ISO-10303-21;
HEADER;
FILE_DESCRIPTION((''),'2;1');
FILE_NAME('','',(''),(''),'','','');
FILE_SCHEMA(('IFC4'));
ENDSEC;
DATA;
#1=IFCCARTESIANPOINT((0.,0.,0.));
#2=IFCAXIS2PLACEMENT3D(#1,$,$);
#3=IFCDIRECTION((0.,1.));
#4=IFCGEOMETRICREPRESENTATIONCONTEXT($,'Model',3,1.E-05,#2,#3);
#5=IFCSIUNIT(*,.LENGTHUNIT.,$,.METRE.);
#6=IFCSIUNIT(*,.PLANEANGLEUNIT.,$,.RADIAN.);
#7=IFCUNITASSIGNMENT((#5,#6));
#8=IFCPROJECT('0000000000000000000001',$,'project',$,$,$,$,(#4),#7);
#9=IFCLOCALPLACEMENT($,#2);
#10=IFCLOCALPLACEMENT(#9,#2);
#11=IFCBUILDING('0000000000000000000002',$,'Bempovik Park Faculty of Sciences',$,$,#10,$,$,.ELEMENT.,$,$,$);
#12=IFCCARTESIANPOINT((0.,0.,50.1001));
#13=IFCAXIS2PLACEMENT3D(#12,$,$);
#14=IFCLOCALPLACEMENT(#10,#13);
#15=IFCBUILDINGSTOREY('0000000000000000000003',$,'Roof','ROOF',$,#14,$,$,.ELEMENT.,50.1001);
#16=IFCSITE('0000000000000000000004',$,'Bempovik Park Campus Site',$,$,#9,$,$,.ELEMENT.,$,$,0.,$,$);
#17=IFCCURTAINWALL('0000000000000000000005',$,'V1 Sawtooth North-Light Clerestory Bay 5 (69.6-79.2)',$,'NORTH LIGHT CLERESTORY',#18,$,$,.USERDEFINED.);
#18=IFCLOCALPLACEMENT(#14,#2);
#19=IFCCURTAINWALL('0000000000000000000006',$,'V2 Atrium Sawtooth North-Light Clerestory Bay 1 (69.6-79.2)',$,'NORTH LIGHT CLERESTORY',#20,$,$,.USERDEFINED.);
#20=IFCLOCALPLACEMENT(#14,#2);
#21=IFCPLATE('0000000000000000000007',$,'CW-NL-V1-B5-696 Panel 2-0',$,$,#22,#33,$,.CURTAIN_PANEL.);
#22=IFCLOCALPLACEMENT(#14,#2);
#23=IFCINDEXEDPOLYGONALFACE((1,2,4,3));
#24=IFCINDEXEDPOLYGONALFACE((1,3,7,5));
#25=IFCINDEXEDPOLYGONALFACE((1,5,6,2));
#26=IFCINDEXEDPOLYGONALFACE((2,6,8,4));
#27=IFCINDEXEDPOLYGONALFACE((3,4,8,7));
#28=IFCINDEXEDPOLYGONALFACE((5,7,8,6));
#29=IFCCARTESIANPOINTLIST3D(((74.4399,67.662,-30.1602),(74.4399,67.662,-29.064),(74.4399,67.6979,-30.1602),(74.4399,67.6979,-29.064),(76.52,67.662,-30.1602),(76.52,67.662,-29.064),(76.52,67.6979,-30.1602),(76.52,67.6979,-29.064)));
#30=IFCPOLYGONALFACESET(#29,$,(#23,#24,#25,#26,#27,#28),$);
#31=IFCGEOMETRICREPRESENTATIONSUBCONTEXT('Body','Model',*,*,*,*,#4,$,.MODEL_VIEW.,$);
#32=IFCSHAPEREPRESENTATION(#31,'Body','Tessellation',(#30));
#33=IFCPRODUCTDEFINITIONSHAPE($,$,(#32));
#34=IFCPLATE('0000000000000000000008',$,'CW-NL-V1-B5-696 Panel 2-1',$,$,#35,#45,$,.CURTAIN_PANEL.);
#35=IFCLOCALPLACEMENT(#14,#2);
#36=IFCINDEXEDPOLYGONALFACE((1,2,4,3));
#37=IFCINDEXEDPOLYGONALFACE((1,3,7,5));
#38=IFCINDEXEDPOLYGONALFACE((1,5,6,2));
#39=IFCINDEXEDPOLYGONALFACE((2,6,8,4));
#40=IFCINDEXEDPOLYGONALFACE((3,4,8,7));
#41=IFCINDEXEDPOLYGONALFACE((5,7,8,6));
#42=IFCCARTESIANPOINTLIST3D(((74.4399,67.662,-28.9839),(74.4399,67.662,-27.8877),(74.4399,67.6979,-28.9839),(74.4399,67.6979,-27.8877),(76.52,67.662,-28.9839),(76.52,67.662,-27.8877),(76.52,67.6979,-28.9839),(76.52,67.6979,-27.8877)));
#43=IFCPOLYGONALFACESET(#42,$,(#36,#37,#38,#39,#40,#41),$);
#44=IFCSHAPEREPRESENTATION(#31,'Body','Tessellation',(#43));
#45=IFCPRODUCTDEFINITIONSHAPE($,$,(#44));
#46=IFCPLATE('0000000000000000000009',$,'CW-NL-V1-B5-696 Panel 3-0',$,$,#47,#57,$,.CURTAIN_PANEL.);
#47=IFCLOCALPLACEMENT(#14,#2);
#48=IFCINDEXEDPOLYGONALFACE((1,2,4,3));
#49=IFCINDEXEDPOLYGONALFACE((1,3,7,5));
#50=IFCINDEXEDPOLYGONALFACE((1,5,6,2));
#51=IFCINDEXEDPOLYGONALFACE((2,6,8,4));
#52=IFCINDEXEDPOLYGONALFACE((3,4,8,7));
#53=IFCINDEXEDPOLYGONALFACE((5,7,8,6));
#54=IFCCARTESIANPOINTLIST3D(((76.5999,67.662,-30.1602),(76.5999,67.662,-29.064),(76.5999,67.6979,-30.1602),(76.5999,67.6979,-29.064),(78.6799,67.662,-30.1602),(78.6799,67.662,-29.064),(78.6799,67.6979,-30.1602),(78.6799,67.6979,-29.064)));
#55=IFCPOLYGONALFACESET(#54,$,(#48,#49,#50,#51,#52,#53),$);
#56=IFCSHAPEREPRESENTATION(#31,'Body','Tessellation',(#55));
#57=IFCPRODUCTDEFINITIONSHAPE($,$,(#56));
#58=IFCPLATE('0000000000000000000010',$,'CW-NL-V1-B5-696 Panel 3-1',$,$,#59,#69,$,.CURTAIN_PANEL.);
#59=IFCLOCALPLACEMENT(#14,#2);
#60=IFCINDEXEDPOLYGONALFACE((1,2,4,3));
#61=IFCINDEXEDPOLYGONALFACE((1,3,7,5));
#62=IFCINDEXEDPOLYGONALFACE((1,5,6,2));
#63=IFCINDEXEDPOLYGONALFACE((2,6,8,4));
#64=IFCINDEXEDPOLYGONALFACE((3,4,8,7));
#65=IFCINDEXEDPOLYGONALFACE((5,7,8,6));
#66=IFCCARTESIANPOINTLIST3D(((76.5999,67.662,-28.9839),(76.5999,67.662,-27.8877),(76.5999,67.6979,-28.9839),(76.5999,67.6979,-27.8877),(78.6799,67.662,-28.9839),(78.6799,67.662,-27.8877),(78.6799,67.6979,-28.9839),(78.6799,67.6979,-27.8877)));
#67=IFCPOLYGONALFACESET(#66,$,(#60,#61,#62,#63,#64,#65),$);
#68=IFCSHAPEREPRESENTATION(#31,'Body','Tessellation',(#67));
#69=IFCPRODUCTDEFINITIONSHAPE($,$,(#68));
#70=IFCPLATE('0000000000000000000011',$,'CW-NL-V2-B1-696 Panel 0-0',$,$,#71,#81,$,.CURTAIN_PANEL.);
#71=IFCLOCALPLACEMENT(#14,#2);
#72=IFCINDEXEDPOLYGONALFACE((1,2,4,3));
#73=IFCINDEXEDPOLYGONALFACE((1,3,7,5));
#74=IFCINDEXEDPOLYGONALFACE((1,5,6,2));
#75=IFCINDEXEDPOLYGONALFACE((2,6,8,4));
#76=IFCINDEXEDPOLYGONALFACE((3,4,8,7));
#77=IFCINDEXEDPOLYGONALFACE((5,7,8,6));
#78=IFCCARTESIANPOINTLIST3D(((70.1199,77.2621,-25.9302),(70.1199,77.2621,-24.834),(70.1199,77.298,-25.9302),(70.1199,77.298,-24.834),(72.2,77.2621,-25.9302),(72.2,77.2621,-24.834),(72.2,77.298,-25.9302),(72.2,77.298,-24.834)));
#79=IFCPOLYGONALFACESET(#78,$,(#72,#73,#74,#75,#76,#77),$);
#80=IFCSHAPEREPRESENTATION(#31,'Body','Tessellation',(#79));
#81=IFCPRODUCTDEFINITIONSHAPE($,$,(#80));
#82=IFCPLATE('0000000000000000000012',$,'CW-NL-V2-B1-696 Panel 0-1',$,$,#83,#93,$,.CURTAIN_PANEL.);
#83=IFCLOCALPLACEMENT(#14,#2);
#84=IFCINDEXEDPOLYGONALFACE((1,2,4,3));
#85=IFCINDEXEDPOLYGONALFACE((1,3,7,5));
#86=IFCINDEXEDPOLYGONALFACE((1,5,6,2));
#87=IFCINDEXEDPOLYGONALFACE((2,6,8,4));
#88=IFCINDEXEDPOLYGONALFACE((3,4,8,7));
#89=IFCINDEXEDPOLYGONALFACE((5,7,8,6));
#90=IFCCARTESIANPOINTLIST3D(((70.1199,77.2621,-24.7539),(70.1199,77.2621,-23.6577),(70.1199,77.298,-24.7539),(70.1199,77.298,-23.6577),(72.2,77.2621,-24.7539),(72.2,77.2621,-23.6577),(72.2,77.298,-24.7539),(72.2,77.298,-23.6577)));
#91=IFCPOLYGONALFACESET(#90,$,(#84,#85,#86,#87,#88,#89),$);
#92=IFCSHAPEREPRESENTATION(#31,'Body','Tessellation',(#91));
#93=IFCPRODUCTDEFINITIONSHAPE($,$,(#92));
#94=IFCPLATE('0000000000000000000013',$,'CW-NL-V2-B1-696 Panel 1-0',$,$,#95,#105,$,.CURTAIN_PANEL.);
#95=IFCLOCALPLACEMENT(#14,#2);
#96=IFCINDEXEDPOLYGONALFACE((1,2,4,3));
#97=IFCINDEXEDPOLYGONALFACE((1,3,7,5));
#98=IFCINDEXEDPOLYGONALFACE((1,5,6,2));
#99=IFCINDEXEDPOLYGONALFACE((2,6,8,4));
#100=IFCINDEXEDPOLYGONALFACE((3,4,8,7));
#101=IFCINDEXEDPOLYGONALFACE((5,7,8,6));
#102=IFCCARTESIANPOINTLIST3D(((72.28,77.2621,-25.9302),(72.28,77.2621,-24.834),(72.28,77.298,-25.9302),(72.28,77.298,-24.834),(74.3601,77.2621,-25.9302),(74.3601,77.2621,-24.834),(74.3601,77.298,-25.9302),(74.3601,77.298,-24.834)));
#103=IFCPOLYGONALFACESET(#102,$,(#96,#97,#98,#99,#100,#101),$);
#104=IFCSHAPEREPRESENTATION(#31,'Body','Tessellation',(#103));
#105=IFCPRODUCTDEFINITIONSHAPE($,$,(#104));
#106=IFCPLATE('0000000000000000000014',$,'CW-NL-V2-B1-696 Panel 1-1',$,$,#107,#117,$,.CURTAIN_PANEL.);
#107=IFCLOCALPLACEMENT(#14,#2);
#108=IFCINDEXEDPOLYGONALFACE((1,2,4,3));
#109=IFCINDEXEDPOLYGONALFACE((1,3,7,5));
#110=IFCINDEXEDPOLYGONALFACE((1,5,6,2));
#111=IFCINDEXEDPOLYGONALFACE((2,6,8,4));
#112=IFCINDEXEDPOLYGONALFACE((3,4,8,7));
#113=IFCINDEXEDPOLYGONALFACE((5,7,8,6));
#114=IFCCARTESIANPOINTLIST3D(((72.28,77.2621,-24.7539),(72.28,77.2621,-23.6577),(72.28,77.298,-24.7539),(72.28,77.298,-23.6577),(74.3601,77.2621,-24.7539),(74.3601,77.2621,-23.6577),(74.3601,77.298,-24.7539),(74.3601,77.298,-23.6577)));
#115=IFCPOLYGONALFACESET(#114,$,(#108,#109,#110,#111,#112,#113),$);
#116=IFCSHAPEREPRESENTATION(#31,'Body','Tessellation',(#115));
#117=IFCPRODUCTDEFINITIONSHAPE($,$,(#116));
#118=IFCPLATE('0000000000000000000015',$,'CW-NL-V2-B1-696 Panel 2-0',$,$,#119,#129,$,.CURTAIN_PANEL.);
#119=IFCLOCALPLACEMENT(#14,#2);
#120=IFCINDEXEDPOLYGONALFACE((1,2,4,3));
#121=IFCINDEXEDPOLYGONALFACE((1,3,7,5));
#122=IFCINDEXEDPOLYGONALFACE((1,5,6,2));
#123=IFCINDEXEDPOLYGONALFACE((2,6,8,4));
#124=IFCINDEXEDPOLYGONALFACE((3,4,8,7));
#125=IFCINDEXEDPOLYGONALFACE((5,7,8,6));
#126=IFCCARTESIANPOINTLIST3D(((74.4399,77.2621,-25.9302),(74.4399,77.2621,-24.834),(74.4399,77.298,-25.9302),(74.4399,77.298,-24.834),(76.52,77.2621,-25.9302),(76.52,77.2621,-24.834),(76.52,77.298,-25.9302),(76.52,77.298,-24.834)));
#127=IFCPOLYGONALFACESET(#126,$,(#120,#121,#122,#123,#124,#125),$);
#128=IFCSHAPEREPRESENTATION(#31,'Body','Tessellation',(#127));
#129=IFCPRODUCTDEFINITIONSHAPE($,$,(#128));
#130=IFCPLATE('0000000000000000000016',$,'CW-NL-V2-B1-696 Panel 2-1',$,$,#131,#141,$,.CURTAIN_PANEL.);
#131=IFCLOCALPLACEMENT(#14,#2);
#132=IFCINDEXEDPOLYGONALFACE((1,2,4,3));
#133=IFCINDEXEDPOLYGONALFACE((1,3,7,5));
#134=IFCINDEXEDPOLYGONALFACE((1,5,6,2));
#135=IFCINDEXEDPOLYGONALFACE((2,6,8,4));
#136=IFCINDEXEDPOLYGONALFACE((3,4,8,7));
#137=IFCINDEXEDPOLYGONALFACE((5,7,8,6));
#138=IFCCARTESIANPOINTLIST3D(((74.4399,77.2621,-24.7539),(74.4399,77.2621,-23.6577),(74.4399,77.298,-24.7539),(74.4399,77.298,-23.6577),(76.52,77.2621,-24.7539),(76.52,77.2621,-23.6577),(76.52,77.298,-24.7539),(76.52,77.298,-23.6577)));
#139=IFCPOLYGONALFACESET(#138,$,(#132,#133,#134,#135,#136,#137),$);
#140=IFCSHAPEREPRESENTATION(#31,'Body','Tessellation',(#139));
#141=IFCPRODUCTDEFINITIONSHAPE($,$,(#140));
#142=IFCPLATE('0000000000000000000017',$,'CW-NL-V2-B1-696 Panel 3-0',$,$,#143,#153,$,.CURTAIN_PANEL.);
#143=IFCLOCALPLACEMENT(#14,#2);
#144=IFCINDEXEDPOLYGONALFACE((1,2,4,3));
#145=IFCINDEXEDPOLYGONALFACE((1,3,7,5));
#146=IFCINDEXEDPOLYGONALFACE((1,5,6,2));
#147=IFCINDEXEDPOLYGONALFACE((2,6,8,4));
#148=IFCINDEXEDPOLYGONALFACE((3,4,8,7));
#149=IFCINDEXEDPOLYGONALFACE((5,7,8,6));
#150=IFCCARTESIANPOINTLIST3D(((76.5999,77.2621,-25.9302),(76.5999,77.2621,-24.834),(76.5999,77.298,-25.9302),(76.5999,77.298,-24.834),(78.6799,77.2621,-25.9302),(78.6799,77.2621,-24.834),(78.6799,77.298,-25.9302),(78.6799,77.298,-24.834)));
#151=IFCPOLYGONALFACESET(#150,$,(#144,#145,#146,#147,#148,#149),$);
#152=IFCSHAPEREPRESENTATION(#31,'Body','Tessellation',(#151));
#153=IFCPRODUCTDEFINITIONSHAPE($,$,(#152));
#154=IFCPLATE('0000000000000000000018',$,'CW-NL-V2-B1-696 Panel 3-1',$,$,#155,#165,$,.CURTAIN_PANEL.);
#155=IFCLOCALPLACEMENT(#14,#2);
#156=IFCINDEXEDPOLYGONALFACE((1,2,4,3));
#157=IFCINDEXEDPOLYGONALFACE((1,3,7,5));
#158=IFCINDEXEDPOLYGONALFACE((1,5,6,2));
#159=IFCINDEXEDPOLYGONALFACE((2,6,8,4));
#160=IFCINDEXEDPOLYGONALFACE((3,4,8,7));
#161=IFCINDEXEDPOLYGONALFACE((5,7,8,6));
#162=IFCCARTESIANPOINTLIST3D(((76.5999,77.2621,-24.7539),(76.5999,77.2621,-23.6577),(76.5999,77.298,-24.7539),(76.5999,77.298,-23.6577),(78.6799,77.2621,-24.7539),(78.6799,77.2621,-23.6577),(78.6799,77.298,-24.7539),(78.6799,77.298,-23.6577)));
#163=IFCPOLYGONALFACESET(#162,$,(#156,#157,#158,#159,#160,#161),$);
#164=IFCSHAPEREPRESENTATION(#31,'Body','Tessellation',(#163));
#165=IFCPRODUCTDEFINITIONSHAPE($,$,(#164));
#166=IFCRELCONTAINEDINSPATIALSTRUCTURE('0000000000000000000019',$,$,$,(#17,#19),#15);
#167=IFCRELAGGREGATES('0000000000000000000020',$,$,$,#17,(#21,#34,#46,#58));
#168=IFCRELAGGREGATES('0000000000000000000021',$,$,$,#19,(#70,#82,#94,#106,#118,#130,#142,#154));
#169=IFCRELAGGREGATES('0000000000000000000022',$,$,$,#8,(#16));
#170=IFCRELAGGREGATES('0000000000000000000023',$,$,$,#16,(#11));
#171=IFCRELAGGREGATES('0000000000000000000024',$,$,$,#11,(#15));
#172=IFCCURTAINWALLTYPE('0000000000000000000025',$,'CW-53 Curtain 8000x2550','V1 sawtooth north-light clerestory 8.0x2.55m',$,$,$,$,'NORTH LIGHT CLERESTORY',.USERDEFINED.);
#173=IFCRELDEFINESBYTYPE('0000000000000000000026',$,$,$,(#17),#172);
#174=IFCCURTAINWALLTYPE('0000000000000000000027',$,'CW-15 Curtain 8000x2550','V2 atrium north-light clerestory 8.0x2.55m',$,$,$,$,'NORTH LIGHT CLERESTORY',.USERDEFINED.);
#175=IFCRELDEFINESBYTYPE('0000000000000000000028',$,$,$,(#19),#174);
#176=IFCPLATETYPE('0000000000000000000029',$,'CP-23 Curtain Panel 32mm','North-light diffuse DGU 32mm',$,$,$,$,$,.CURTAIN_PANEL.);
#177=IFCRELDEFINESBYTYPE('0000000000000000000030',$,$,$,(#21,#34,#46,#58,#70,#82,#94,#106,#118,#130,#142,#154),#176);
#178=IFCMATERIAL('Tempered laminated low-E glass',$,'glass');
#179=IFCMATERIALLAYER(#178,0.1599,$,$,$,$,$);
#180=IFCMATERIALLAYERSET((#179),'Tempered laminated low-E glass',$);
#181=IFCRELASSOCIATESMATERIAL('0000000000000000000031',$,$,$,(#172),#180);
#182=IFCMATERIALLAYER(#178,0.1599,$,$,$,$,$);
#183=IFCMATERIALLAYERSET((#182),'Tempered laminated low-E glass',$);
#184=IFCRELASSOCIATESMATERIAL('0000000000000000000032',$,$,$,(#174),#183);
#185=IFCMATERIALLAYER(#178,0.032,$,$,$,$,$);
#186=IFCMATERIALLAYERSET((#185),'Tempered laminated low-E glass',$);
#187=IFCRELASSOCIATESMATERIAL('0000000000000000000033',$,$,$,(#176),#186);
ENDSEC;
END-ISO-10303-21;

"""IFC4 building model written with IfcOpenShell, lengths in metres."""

from ifc_helpers import new_model, si_unit, direction, frame, origin, origin_2d, place, context, subcontext, project, spatial, rectangle, extrude, material, layer, layer_set, type_object, element, aggregate, save


model = new_model("IFC4")

# Units and contexts
model_context = context("Model", 3, precision=1e-05, world=origin(), true_north=direction((0.0, 1.0)))
body_context = subcontext(model_context, "Body", "Model", "MODEL_VIEW")
ifc_project = project(units=[si_unit("LENGTHUNIT", "METRE"), si_unit("PLANEANGLEUNIT", "RADIAN")], contexts=[model_context])

# Site, building, storey
site_placement = place(None, origin())
site = spatial("IfcSite", under=ifc_project, at=site_placement, Name="Bempovik Park Campus Site", CompositionType="ELEMENT", RefElevation=0.0)
building_placement = place(site_placement, origin())
building = spatial("IfcBuilding", under=site, at=building_placement, Name="Bempovik Park Faculty of Sciences", CompositionType="ELEMENT")
storey_placement = place(building_placement, frame((0.0, 0.0, 50.1001)))
storey = spatial("IfcBuildingStorey", under=building, at=storey_placement, Name="Roof", Description="ROOF", CompositionType="ELEMENT", Elevation=50.1001)

# Curtain walls
ifc_material_1 = material(Name="Tempered laminated low-E glass", Category="glass")
ifc_layer_1 = layer(ifc_material_1, 0.1599)
ifc_layer_set_1 = layer_set([ifc_layer_1], Name="Tempered laminated low-E glass")
curtain_wall_type_1 = type_object("IfcCurtainWallType", Name="CW-53 Curtain 8000x2550", Description="V1 sawtooth north-light clerestory 8.0x2.55m", ElementType="NORTH LIGHT CLERESTORY", PredefinedType="USERDEFINED", material=ifc_layer_set_1)
curtain_wall_1_placement = place(storey_placement, origin())
curtain_wall_1 = element("IfcCurtainWall", 1, at=curtain_wall_1_placement, inside=storey, type_object=curtain_wall_type_1, Name="V1 Sawtooth North-Light Clerestory Bay 5 (69.6-79.2)", ObjectType="NORTH LIGHT CLERESTORY", PredefinedType="USERDEFINED")
ifc_layer_2 = layer(ifc_material_1, 0.1599)
ifc_layer_set_2 = layer_set([ifc_layer_2], Name="Tempered laminated low-E glass")
curtain_wall_type_2 = type_object("IfcCurtainWallType", Name="CW-15 Curtain 8000x2550", Description="V2 atrium north-light clerestory 8.0x2.55m", ElementType="NORTH LIGHT CLERESTORY", PredefinedType="USERDEFINED", material=ifc_layer_set_2)
curtain_wall_2_placement = place(storey_placement, origin())
curtain_wall_2 = element("IfcCurtainWall", 2, at=curtain_wall_2_placement, inside=storey, type_object=curtain_wall_type_2, Name="V2 Atrium Sawtooth North-Light Clerestory Bay 1 (69.6-79.2)", ObjectType="NORTH LIGHT CLERESTORY", PredefinedType="USERDEFINED")

# Plates
ifc_layer_3 = layer(ifc_material_1, 0.032)
ifc_layer_set_3 = layer_set([ifc_layer_3], Name="Tempered laminated low-E glass")
plate_type = type_object("IfcPlateType", Name="CP-23 Curtain Panel 32mm", Description="North-light diffuse DGU 32mm", PredefinedType="CURTAIN_PANEL", material=ifc_layer_set_3)
plate_1_placement = place(storey_placement, frame((75.48, 67.6799, -30.1602), z_axis=(0.0, 0.0, 1.0), x_axis=(1.0, 0.0, 0.0)))
plate_1 = element("IfcPlate", 3, at=plate_1_placement, type_object=plate_type, Name="CW-NL-V1-B5-696 Panel 2-0", PredefinedType="CURTAIN_PANEL", context=body_context, shape_type="SweptSolid", body=[
    extrude(rectangle(XDim=2.0801, YDim=0.0359, at=origin_2d()), origin(), (0.0, 0.0, 1.0), 1.0962),
])
plate_2_placement = place(storey_placement, frame((75.48, 67.6799, -28.9839), z_axis=(0.0, 0.0, 1.0), x_axis=(1.0, 0.0, 0.0)))
plate_2 = element("IfcPlate", 4, at=plate_2_placement, type_object=plate_type, Name="CW-NL-V1-B5-696 Panel 2-1", PredefinedType="CURTAIN_PANEL", context=body_context, shape_type="SweptSolid", body=[
    extrude(rectangle(XDim=2.0801, YDim=0.0359, at=origin_2d()), origin(), (0.0, 0.0, 1.0), 1.0962),
])
plate_3_placement = place(storey_placement, frame((77.6399, 67.6799, -30.1602), z_axis=(0.0, 0.0, 1.0), x_axis=(1.0, 0.0, 0.0)))
plate_3 = element("IfcPlate", 5, at=plate_3_placement, type_object=plate_type, Name="CW-NL-V1-B5-696 Panel 3-0", PredefinedType="CURTAIN_PANEL", context=body_context, shape_type="SweptSolid", body=[
    extrude(rectangle(XDim=2.0801, YDim=0.0359, at=origin_2d()), origin(), (0.0, 0.0, 1.0), 1.0962),
])
plate_4_placement = place(storey_placement, frame((77.6399, 67.6799, -28.9839), z_axis=(0.0, 0.0, 1.0), x_axis=(1.0, 0.0, 0.0)))
plate_4 = element("IfcPlate", 6, at=plate_4_placement, type_object=plate_type, Name="CW-NL-V1-B5-696 Panel 3-1", PredefinedType="CURTAIN_PANEL", context=body_context, shape_type="SweptSolid", body=[
    extrude(rectangle(XDim=2.0801, YDim=0.0359, at=origin_2d()), origin(), (0.0, 0.0, 1.0), 1.0962),
])
aggregate(curtain_wall_1, [plate_1, plate_2, plate_3, plate_4])
plate_5_placement = place(storey_placement, frame((71.1599, 77.28, -25.9302), z_axis=(0.0, 0.0, 1.0), x_axis=(1.0, 0.0, 0.0)))
plate_5 = element("IfcPlate", 7, at=plate_5_placement, type_object=plate_type, Name="CW-NL-V2-B1-696 Panel 0-0", PredefinedType="CURTAIN_PANEL", context=body_context, shape_type="SweptSolid", body=[
    extrude(rectangle(XDim=2.0801, YDim=0.0359, at=origin_2d()), origin(), (0.0, 0.0, 1.0), 1.0962),
])
plate_6_placement = place(storey_placement, frame((71.1599, 77.28, -24.7539), z_axis=(0.0, 0.0, 1.0), x_axis=(1.0, 0.0, 0.0)))
plate_6 = element("IfcPlate", 8, at=plate_6_placement, type_object=plate_type, Name="CW-NL-V2-B1-696 Panel 0-1", PredefinedType="CURTAIN_PANEL", context=body_context, shape_type="SweptSolid", body=[
    extrude(rectangle(XDim=2.0801, YDim=0.0359, at=origin_2d()), origin(), (0.0, 0.0, 1.0), 1.0962),
])
plate_7_placement = place(storey_placement, frame((73.3201, 77.28, -25.9302), z_axis=(0.0, 0.0, 1.0), x_axis=(1.0, 0.0, 0.0)))
plate_7 = element("IfcPlate", 9, at=plate_7_placement, type_object=plate_type, Name="CW-NL-V2-B1-696 Panel 1-0", PredefinedType="CURTAIN_PANEL", context=body_context, shape_type="SweptSolid", body=[
    extrude(rectangle(XDim=2.0801, YDim=0.0359, at=origin_2d()), origin(), (0.0, 0.0, 1.0), 1.0962),
])
plate_8_placement = place(storey_placement, frame((73.3201, 77.28, -24.7539), z_axis=(0.0, 0.0, 1.0), x_axis=(1.0, 0.0, 0.0)))
plate_8 = element("IfcPlate", 10, at=plate_8_placement, type_object=plate_type, Name="CW-NL-V2-B1-696 Panel 1-1", PredefinedType="CURTAIN_PANEL", context=body_context, shape_type="SweptSolid", body=[
    extrude(rectangle(XDim=2.0801, YDim=0.0359, at=origin_2d()), origin(), (0.0, 0.0, 1.0), 1.0962),
])
plate_9_placement = place(storey_placement, frame((75.48, 77.28, -25.9302), z_axis=(0.0, 0.0, 1.0), x_axis=(1.0, 0.0, 0.0)))
plate_9 = element("IfcPlate", 11, at=plate_9_placement, type_object=plate_type, Name="CW-NL-V2-B1-696 Panel 2-0", PredefinedType="CURTAIN_PANEL", context=body_context, shape_type="SweptSolid", body=[
    extrude(rectangle(XDim=2.0801, YDim=0.0359, at=origin_2d()), origin(), (0.0, 0.0, 1.0), 1.0962),
])
plate_10_placement = place(storey_placement, frame((75.48, 77.28, -24.7539), z_axis=(0.0, 0.0, 1.0), x_axis=(1.0, 0.0, 0.0)))
plate_10 = element("IfcPlate", 12, at=plate_10_placement, type_object=plate_type, Name="CW-NL-V2-B1-696 Panel 2-1", PredefinedType="CURTAIN_PANEL", context=body_context, shape_type="SweptSolid", body=[
    extrude(rectangle(XDim=2.0801, YDim=0.0359, at=origin_2d()), origin(), (0.0, 0.0, 1.0), 1.0962),
])
plate_11_placement = place(storey_placement, frame((77.6399, 77.28, -25.9302), z_axis=(0.0, 0.0, 1.0), x_axis=(1.0, 0.0, 0.0)))
plate_11 = element("IfcPlate", 13, at=plate_11_placement, type_object=plate_type, Name="CW-NL-V2-B1-696 Panel 3-0", PredefinedType="CURTAIN_PANEL", context=body_context, shape_type="SweptSolid", body=[
    extrude(rectangle(XDim=2.0801, YDim=0.0359, at=origin_2d()), origin(), (0.0, 0.0, 1.0), 1.0962),
])
plate_12_placement = place(storey_placement, frame((77.6399, 77.28, -24.7539), z_axis=(0.0, 0.0, 1.0), x_axis=(1.0, 0.0, 0.0)))
plate_12 = element("IfcPlate", 14, at=plate_12_placement, type_object=plate_type, Name="CW-NL-V2-B1-696 Panel 3-1", PredefinedType="CURTAIN_PANEL", context=body_context, shape_type="SweptSolid", body=[
    extrude(rectangle(XDim=2.0801, YDim=0.0359, at=origin_2d()), origin(), (0.0, 0.0, 1.0), 1.0962),
])
aggregate(curtain_wall_2, [plate_5, plate_6, plate_7, plate_8, plate_9, plate_10, plate_11, plate_12])

save(model, "model.ifc")
